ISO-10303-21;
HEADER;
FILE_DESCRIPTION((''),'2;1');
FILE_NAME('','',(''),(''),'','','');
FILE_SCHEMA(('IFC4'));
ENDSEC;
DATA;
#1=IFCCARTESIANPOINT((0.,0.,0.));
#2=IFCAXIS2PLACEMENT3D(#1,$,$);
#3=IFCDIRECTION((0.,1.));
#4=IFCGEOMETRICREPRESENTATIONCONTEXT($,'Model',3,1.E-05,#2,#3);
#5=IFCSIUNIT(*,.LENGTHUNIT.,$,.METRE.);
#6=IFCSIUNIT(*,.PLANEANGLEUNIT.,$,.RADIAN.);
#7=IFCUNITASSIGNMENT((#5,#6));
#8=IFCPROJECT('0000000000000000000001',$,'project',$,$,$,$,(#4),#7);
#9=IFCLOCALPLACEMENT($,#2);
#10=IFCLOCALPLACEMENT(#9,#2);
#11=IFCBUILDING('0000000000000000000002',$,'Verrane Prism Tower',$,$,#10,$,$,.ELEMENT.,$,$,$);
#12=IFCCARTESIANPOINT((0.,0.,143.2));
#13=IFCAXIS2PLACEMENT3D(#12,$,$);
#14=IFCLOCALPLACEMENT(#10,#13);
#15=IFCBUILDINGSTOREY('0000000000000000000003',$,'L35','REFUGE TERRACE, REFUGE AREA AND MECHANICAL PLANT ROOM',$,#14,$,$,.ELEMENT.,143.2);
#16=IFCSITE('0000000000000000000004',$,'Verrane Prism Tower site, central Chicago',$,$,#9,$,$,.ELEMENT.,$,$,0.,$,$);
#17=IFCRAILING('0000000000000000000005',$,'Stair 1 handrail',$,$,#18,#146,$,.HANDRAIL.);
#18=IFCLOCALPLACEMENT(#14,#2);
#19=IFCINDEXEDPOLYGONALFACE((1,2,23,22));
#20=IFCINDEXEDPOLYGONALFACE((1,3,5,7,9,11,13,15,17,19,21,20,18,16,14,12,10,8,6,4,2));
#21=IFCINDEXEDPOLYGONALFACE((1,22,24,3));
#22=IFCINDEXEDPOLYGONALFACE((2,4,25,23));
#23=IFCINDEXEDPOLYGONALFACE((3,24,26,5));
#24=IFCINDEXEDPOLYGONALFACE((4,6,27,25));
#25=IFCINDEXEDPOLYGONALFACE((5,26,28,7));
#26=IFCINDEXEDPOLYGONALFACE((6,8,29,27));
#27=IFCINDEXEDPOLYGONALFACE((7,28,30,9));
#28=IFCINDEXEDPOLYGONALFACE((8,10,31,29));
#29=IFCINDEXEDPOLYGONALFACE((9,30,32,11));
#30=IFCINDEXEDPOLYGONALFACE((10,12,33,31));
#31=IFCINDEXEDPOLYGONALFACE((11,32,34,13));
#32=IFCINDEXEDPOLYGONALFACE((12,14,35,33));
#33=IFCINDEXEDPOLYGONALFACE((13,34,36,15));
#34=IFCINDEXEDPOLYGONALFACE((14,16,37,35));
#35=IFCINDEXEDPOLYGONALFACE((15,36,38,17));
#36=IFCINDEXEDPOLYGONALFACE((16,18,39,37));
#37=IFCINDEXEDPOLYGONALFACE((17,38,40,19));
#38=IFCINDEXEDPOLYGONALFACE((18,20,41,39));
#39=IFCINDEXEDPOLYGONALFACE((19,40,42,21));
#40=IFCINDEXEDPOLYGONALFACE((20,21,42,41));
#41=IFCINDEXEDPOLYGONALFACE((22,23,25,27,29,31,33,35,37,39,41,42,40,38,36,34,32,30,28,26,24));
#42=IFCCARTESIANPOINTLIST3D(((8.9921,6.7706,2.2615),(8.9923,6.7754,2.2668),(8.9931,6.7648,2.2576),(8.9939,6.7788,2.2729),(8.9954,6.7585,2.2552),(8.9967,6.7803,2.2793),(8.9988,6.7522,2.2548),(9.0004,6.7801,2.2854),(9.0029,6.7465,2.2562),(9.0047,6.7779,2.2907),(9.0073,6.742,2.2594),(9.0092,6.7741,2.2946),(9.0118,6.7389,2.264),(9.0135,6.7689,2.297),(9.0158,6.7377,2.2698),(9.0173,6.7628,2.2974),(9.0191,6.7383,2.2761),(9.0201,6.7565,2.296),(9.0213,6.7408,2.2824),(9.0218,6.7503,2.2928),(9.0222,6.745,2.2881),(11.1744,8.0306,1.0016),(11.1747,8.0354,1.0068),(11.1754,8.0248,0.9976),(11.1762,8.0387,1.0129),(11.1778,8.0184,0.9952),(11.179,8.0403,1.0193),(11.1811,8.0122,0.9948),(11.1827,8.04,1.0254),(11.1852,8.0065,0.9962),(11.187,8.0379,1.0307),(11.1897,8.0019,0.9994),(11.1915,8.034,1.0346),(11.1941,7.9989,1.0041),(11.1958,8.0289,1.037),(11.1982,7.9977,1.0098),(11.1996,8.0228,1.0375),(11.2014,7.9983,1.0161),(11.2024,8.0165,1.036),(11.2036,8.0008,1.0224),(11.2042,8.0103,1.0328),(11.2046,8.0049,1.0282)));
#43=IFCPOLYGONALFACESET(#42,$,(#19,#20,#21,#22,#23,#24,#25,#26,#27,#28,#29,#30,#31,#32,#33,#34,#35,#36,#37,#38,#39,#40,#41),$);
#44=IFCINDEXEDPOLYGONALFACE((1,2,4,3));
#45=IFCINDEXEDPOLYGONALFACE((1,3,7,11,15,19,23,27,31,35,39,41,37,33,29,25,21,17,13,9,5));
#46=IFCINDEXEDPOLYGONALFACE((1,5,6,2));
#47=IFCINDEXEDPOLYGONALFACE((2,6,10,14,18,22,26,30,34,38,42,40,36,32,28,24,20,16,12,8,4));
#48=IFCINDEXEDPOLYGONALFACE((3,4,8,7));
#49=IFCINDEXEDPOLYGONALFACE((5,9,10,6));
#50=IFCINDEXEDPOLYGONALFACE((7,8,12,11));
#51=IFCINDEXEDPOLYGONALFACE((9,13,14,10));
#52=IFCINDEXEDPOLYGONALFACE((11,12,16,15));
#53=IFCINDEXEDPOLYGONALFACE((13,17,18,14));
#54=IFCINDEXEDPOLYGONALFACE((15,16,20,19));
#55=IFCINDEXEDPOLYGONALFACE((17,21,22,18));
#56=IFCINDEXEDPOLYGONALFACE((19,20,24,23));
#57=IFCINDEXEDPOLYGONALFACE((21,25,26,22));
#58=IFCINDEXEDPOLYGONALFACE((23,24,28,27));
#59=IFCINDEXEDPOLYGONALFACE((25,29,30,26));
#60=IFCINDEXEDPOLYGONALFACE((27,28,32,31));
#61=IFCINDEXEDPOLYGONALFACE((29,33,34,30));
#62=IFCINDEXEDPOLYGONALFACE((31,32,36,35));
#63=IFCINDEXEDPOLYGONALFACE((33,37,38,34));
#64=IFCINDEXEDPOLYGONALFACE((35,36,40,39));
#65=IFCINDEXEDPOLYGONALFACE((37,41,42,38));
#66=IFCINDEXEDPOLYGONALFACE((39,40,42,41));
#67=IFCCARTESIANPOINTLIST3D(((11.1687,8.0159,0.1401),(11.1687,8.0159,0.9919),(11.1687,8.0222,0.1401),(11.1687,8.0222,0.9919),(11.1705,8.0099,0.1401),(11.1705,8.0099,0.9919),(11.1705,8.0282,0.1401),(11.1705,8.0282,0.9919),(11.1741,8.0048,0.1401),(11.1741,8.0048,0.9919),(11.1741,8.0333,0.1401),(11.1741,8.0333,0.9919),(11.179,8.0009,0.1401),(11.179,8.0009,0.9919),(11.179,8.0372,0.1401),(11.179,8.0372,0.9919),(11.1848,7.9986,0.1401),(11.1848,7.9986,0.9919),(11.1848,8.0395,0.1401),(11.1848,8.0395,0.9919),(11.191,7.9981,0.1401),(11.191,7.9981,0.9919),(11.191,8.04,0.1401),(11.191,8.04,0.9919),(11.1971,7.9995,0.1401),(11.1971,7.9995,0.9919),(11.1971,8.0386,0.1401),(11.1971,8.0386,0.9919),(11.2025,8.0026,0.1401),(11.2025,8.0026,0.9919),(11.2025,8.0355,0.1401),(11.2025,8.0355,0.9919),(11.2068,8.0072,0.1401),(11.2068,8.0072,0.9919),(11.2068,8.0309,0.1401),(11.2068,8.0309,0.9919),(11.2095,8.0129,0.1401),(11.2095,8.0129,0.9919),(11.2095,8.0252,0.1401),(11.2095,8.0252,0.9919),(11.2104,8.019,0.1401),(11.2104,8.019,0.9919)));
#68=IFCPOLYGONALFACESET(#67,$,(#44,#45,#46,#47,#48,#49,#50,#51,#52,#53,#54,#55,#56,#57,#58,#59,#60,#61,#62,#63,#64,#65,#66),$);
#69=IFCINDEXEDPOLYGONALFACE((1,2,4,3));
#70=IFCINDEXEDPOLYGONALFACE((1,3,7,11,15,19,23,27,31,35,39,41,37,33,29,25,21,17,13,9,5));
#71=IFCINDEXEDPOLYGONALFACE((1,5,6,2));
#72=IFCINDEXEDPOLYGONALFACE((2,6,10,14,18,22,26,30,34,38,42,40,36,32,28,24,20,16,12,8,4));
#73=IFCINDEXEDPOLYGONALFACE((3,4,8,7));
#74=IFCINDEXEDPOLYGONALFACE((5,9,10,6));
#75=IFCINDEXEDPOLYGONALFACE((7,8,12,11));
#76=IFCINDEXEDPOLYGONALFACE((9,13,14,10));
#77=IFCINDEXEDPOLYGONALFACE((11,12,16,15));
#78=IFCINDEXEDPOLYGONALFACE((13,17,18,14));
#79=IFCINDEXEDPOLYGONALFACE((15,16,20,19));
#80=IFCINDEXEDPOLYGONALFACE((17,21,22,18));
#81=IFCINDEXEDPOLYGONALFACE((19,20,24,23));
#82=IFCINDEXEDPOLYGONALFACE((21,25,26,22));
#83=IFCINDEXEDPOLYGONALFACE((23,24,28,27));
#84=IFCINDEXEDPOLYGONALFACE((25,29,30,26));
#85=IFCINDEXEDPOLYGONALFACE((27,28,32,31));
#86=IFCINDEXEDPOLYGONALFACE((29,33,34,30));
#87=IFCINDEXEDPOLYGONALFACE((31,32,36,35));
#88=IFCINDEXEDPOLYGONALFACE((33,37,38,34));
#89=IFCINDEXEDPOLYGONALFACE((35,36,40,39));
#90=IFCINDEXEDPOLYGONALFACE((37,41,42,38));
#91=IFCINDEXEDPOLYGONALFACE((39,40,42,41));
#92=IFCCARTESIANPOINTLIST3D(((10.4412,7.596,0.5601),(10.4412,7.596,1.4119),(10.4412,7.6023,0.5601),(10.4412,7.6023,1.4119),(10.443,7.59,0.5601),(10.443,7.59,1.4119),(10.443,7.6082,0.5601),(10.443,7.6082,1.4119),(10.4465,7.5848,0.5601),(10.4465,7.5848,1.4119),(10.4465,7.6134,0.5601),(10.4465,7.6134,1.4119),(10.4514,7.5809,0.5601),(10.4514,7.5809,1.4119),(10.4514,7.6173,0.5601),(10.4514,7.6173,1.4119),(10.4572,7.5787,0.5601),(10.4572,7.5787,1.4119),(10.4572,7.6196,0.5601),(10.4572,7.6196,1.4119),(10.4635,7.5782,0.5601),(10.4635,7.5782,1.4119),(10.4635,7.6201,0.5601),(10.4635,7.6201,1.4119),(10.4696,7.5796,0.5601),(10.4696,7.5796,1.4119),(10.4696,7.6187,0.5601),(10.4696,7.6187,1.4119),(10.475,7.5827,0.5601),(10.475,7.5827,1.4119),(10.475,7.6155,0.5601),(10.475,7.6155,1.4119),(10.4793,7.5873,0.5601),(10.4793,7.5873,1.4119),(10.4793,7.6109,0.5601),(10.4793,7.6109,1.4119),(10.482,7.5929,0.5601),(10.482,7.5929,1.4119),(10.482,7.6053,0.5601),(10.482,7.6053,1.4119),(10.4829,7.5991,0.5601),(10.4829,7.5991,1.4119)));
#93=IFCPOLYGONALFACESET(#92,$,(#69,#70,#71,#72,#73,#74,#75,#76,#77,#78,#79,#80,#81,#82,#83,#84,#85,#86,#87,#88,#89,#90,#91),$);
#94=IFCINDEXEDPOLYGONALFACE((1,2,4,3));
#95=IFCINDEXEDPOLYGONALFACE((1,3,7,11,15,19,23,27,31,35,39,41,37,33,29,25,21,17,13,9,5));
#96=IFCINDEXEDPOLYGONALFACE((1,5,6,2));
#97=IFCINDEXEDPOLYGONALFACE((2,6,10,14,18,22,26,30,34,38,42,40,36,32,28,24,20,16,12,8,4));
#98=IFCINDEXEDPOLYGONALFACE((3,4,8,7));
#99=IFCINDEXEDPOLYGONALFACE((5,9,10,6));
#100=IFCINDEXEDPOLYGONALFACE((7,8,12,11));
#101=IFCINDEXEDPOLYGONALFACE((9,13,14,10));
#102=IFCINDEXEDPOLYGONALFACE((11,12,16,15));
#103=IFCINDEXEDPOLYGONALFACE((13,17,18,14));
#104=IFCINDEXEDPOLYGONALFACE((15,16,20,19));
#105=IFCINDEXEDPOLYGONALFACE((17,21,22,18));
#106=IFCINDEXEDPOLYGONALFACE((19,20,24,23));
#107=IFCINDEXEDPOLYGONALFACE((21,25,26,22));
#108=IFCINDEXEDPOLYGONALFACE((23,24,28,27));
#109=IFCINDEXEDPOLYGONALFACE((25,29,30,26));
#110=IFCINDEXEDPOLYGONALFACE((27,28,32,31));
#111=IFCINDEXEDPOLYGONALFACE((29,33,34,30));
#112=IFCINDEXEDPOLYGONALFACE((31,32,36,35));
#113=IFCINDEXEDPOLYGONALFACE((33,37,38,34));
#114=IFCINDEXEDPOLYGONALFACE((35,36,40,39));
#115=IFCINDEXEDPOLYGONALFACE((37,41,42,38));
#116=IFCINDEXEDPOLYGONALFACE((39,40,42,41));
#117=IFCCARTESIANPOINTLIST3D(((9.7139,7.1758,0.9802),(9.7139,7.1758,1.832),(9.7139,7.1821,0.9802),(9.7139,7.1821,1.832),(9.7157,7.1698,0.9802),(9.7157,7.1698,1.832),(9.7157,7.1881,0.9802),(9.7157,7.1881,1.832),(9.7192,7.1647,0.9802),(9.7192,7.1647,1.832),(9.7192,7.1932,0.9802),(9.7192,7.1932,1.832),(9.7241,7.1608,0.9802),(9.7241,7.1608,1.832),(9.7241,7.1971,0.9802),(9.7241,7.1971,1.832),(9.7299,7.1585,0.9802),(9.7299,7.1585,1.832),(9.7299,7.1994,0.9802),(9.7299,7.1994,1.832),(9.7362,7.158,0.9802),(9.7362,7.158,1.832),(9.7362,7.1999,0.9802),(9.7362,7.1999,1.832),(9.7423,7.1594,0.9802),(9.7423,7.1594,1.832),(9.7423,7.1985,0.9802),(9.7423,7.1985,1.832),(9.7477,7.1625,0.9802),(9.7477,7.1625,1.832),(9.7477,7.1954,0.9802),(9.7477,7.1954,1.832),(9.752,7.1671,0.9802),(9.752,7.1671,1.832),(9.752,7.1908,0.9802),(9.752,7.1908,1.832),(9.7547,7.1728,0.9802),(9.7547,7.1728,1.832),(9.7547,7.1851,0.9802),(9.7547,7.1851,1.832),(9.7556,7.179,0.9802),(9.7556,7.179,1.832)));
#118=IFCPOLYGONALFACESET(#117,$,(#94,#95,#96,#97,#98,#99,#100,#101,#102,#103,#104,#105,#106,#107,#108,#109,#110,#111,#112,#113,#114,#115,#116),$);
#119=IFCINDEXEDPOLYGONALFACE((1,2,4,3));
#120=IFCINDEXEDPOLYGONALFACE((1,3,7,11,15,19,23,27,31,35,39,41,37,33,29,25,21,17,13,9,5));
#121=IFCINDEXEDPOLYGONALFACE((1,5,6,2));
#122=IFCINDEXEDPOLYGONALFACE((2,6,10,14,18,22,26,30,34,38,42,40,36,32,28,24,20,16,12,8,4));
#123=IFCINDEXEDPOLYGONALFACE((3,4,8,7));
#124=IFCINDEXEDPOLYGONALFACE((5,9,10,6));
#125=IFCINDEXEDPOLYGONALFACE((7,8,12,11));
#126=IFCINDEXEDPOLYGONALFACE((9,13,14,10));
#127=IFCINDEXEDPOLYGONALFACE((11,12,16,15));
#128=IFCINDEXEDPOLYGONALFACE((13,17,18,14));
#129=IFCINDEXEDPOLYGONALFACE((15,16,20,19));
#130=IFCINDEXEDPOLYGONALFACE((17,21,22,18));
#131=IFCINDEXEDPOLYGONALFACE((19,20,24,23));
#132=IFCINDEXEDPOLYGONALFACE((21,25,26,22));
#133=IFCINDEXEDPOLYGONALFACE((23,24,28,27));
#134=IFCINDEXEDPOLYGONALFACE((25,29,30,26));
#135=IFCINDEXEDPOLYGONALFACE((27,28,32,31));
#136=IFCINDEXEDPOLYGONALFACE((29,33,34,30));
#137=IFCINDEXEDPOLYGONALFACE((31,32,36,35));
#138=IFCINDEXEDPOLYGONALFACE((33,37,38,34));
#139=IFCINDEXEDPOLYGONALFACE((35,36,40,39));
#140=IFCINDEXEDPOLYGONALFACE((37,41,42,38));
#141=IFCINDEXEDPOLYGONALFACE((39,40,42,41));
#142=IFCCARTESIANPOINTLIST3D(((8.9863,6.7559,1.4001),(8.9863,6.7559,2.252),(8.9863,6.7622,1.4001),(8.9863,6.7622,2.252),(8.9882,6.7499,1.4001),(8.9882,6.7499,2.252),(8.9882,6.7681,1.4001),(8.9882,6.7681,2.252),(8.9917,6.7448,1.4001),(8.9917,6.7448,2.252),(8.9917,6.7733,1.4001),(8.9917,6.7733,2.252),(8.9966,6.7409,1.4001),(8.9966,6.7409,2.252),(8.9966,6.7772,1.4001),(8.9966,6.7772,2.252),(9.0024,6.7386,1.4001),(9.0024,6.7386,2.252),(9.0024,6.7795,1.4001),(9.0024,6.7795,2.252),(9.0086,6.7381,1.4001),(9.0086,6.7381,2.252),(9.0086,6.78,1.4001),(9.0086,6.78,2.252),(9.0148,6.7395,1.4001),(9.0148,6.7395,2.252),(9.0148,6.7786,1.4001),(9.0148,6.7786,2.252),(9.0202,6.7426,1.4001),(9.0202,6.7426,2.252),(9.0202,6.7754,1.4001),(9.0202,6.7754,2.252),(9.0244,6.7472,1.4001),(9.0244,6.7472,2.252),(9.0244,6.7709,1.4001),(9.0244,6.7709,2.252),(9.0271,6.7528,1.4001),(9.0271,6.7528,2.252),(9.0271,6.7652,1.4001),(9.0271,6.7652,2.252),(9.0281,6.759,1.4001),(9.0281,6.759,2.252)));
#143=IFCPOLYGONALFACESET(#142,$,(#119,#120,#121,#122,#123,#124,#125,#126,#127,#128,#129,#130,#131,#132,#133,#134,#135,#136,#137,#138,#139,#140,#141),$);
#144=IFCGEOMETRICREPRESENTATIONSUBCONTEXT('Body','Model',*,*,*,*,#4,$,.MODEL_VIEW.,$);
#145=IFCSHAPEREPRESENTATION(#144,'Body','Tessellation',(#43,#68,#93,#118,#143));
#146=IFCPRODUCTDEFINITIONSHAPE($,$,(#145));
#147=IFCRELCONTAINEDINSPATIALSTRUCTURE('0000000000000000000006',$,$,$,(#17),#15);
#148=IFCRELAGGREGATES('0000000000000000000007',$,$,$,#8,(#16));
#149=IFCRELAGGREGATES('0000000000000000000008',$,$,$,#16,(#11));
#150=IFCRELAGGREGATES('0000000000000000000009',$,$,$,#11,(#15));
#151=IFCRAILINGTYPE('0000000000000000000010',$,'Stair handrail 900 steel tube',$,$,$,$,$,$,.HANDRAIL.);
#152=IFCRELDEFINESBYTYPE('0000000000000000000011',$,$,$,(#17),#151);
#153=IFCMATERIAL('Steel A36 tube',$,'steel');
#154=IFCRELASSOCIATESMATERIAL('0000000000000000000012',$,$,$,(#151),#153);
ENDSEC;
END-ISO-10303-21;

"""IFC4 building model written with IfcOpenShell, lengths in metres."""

from ifc_helpers import new_model, si_unit, direction, frame, origin, origin_2d, place, context, subcontext, project, spatial, circle, extrude, material, type_object, element, save


model = new_model("IFC4")

# Units and contexts
model_context = context("Model", 3, precision=1e-05, world=origin(), true_north=direction((0.0, 1.0)))
body_context = subcontext(model_context, "Body", "Model", "MODEL_VIEW")
ifc_project = project(units=[si_unit("LENGTHUNIT", "METRE"), si_unit("PLANEANGLEUNIT", "RADIAN")], contexts=[model_context])

# Site, building, storey
site_placement = place(None, origin())
site = spatial("IfcSite", under=ifc_project, at=site_placement, Name="Verrane Prism Tower site, central Chicago", CompositionType="ELEMENT", RefElevation=0.0)
building_placement = place(site_placement, origin())
building = spatial("IfcBuilding", under=site, at=building_placement, Name="Verrane Prism Tower", CompositionType="ELEMENT")
storey_placement = place(building_placement, frame((0.0, 0.0, 143.2)))
storey = spatial("IfcBuildingStorey", under=building, at=storey_placement, Name="L35", Description="REFUGE TERRACE, REFUGE AREA AND MECHANICAL PLANT ROOM", CompositionType="ELEMENT", Elevation=143.2)

# Railing
ifc_material_1 = material(Name="Steel A36 tube", Category="steel")
railing_type_1 = type_object("IfcRailingType", Name="Stair handrail 900 steel tube", PredefinedType="HANDRAIL", material=ifc_material_1)
railing_1_placement = place(storey_placement, frame((11.1895, 8.019, 0.1401)))
element("IfcRailing", 1, at=railing_1_placement, inside=storey, type_object=railing_type_1, Name="Stair 1 handrail", PredefinedType="HANDRAIL", context=body_context, shape_type="SweptSolid", body=[
    extrude(circle(Radius=0.0239, at=origin_2d()), frame((0.0, 0.0, 0.876), z_axis=(-0.774593, -0.447217, 0.447217), x_axis=(0.500005, -0.866023, 0.0)), (0.0, 0.0, 1.0), 2.8174),
    extrude(circle(Radius=0.021, at=origin_2d()), origin(), (0.0, 0.0, 1.0), 0.8518),
    extrude(circle(Radius=0.021, at=origin_2d()), frame((-0.7275, -0.4199, 0.4199)), (0.0, 0.0, 1.0), 0.8518),
    extrude(circle(Radius=0.021, at=origin_2d()), frame((-1.4548, -0.8401, 0.8401)), (0.0, 0.0, 1.0), 0.8518),
    extrude(circle(Radius=0.021, at=origin_2d()), frame((-2.1824, -1.26, 1.26)), (0.0, 0.0, 1.0), 0.8518),
])

save(model, "model.ifc")
